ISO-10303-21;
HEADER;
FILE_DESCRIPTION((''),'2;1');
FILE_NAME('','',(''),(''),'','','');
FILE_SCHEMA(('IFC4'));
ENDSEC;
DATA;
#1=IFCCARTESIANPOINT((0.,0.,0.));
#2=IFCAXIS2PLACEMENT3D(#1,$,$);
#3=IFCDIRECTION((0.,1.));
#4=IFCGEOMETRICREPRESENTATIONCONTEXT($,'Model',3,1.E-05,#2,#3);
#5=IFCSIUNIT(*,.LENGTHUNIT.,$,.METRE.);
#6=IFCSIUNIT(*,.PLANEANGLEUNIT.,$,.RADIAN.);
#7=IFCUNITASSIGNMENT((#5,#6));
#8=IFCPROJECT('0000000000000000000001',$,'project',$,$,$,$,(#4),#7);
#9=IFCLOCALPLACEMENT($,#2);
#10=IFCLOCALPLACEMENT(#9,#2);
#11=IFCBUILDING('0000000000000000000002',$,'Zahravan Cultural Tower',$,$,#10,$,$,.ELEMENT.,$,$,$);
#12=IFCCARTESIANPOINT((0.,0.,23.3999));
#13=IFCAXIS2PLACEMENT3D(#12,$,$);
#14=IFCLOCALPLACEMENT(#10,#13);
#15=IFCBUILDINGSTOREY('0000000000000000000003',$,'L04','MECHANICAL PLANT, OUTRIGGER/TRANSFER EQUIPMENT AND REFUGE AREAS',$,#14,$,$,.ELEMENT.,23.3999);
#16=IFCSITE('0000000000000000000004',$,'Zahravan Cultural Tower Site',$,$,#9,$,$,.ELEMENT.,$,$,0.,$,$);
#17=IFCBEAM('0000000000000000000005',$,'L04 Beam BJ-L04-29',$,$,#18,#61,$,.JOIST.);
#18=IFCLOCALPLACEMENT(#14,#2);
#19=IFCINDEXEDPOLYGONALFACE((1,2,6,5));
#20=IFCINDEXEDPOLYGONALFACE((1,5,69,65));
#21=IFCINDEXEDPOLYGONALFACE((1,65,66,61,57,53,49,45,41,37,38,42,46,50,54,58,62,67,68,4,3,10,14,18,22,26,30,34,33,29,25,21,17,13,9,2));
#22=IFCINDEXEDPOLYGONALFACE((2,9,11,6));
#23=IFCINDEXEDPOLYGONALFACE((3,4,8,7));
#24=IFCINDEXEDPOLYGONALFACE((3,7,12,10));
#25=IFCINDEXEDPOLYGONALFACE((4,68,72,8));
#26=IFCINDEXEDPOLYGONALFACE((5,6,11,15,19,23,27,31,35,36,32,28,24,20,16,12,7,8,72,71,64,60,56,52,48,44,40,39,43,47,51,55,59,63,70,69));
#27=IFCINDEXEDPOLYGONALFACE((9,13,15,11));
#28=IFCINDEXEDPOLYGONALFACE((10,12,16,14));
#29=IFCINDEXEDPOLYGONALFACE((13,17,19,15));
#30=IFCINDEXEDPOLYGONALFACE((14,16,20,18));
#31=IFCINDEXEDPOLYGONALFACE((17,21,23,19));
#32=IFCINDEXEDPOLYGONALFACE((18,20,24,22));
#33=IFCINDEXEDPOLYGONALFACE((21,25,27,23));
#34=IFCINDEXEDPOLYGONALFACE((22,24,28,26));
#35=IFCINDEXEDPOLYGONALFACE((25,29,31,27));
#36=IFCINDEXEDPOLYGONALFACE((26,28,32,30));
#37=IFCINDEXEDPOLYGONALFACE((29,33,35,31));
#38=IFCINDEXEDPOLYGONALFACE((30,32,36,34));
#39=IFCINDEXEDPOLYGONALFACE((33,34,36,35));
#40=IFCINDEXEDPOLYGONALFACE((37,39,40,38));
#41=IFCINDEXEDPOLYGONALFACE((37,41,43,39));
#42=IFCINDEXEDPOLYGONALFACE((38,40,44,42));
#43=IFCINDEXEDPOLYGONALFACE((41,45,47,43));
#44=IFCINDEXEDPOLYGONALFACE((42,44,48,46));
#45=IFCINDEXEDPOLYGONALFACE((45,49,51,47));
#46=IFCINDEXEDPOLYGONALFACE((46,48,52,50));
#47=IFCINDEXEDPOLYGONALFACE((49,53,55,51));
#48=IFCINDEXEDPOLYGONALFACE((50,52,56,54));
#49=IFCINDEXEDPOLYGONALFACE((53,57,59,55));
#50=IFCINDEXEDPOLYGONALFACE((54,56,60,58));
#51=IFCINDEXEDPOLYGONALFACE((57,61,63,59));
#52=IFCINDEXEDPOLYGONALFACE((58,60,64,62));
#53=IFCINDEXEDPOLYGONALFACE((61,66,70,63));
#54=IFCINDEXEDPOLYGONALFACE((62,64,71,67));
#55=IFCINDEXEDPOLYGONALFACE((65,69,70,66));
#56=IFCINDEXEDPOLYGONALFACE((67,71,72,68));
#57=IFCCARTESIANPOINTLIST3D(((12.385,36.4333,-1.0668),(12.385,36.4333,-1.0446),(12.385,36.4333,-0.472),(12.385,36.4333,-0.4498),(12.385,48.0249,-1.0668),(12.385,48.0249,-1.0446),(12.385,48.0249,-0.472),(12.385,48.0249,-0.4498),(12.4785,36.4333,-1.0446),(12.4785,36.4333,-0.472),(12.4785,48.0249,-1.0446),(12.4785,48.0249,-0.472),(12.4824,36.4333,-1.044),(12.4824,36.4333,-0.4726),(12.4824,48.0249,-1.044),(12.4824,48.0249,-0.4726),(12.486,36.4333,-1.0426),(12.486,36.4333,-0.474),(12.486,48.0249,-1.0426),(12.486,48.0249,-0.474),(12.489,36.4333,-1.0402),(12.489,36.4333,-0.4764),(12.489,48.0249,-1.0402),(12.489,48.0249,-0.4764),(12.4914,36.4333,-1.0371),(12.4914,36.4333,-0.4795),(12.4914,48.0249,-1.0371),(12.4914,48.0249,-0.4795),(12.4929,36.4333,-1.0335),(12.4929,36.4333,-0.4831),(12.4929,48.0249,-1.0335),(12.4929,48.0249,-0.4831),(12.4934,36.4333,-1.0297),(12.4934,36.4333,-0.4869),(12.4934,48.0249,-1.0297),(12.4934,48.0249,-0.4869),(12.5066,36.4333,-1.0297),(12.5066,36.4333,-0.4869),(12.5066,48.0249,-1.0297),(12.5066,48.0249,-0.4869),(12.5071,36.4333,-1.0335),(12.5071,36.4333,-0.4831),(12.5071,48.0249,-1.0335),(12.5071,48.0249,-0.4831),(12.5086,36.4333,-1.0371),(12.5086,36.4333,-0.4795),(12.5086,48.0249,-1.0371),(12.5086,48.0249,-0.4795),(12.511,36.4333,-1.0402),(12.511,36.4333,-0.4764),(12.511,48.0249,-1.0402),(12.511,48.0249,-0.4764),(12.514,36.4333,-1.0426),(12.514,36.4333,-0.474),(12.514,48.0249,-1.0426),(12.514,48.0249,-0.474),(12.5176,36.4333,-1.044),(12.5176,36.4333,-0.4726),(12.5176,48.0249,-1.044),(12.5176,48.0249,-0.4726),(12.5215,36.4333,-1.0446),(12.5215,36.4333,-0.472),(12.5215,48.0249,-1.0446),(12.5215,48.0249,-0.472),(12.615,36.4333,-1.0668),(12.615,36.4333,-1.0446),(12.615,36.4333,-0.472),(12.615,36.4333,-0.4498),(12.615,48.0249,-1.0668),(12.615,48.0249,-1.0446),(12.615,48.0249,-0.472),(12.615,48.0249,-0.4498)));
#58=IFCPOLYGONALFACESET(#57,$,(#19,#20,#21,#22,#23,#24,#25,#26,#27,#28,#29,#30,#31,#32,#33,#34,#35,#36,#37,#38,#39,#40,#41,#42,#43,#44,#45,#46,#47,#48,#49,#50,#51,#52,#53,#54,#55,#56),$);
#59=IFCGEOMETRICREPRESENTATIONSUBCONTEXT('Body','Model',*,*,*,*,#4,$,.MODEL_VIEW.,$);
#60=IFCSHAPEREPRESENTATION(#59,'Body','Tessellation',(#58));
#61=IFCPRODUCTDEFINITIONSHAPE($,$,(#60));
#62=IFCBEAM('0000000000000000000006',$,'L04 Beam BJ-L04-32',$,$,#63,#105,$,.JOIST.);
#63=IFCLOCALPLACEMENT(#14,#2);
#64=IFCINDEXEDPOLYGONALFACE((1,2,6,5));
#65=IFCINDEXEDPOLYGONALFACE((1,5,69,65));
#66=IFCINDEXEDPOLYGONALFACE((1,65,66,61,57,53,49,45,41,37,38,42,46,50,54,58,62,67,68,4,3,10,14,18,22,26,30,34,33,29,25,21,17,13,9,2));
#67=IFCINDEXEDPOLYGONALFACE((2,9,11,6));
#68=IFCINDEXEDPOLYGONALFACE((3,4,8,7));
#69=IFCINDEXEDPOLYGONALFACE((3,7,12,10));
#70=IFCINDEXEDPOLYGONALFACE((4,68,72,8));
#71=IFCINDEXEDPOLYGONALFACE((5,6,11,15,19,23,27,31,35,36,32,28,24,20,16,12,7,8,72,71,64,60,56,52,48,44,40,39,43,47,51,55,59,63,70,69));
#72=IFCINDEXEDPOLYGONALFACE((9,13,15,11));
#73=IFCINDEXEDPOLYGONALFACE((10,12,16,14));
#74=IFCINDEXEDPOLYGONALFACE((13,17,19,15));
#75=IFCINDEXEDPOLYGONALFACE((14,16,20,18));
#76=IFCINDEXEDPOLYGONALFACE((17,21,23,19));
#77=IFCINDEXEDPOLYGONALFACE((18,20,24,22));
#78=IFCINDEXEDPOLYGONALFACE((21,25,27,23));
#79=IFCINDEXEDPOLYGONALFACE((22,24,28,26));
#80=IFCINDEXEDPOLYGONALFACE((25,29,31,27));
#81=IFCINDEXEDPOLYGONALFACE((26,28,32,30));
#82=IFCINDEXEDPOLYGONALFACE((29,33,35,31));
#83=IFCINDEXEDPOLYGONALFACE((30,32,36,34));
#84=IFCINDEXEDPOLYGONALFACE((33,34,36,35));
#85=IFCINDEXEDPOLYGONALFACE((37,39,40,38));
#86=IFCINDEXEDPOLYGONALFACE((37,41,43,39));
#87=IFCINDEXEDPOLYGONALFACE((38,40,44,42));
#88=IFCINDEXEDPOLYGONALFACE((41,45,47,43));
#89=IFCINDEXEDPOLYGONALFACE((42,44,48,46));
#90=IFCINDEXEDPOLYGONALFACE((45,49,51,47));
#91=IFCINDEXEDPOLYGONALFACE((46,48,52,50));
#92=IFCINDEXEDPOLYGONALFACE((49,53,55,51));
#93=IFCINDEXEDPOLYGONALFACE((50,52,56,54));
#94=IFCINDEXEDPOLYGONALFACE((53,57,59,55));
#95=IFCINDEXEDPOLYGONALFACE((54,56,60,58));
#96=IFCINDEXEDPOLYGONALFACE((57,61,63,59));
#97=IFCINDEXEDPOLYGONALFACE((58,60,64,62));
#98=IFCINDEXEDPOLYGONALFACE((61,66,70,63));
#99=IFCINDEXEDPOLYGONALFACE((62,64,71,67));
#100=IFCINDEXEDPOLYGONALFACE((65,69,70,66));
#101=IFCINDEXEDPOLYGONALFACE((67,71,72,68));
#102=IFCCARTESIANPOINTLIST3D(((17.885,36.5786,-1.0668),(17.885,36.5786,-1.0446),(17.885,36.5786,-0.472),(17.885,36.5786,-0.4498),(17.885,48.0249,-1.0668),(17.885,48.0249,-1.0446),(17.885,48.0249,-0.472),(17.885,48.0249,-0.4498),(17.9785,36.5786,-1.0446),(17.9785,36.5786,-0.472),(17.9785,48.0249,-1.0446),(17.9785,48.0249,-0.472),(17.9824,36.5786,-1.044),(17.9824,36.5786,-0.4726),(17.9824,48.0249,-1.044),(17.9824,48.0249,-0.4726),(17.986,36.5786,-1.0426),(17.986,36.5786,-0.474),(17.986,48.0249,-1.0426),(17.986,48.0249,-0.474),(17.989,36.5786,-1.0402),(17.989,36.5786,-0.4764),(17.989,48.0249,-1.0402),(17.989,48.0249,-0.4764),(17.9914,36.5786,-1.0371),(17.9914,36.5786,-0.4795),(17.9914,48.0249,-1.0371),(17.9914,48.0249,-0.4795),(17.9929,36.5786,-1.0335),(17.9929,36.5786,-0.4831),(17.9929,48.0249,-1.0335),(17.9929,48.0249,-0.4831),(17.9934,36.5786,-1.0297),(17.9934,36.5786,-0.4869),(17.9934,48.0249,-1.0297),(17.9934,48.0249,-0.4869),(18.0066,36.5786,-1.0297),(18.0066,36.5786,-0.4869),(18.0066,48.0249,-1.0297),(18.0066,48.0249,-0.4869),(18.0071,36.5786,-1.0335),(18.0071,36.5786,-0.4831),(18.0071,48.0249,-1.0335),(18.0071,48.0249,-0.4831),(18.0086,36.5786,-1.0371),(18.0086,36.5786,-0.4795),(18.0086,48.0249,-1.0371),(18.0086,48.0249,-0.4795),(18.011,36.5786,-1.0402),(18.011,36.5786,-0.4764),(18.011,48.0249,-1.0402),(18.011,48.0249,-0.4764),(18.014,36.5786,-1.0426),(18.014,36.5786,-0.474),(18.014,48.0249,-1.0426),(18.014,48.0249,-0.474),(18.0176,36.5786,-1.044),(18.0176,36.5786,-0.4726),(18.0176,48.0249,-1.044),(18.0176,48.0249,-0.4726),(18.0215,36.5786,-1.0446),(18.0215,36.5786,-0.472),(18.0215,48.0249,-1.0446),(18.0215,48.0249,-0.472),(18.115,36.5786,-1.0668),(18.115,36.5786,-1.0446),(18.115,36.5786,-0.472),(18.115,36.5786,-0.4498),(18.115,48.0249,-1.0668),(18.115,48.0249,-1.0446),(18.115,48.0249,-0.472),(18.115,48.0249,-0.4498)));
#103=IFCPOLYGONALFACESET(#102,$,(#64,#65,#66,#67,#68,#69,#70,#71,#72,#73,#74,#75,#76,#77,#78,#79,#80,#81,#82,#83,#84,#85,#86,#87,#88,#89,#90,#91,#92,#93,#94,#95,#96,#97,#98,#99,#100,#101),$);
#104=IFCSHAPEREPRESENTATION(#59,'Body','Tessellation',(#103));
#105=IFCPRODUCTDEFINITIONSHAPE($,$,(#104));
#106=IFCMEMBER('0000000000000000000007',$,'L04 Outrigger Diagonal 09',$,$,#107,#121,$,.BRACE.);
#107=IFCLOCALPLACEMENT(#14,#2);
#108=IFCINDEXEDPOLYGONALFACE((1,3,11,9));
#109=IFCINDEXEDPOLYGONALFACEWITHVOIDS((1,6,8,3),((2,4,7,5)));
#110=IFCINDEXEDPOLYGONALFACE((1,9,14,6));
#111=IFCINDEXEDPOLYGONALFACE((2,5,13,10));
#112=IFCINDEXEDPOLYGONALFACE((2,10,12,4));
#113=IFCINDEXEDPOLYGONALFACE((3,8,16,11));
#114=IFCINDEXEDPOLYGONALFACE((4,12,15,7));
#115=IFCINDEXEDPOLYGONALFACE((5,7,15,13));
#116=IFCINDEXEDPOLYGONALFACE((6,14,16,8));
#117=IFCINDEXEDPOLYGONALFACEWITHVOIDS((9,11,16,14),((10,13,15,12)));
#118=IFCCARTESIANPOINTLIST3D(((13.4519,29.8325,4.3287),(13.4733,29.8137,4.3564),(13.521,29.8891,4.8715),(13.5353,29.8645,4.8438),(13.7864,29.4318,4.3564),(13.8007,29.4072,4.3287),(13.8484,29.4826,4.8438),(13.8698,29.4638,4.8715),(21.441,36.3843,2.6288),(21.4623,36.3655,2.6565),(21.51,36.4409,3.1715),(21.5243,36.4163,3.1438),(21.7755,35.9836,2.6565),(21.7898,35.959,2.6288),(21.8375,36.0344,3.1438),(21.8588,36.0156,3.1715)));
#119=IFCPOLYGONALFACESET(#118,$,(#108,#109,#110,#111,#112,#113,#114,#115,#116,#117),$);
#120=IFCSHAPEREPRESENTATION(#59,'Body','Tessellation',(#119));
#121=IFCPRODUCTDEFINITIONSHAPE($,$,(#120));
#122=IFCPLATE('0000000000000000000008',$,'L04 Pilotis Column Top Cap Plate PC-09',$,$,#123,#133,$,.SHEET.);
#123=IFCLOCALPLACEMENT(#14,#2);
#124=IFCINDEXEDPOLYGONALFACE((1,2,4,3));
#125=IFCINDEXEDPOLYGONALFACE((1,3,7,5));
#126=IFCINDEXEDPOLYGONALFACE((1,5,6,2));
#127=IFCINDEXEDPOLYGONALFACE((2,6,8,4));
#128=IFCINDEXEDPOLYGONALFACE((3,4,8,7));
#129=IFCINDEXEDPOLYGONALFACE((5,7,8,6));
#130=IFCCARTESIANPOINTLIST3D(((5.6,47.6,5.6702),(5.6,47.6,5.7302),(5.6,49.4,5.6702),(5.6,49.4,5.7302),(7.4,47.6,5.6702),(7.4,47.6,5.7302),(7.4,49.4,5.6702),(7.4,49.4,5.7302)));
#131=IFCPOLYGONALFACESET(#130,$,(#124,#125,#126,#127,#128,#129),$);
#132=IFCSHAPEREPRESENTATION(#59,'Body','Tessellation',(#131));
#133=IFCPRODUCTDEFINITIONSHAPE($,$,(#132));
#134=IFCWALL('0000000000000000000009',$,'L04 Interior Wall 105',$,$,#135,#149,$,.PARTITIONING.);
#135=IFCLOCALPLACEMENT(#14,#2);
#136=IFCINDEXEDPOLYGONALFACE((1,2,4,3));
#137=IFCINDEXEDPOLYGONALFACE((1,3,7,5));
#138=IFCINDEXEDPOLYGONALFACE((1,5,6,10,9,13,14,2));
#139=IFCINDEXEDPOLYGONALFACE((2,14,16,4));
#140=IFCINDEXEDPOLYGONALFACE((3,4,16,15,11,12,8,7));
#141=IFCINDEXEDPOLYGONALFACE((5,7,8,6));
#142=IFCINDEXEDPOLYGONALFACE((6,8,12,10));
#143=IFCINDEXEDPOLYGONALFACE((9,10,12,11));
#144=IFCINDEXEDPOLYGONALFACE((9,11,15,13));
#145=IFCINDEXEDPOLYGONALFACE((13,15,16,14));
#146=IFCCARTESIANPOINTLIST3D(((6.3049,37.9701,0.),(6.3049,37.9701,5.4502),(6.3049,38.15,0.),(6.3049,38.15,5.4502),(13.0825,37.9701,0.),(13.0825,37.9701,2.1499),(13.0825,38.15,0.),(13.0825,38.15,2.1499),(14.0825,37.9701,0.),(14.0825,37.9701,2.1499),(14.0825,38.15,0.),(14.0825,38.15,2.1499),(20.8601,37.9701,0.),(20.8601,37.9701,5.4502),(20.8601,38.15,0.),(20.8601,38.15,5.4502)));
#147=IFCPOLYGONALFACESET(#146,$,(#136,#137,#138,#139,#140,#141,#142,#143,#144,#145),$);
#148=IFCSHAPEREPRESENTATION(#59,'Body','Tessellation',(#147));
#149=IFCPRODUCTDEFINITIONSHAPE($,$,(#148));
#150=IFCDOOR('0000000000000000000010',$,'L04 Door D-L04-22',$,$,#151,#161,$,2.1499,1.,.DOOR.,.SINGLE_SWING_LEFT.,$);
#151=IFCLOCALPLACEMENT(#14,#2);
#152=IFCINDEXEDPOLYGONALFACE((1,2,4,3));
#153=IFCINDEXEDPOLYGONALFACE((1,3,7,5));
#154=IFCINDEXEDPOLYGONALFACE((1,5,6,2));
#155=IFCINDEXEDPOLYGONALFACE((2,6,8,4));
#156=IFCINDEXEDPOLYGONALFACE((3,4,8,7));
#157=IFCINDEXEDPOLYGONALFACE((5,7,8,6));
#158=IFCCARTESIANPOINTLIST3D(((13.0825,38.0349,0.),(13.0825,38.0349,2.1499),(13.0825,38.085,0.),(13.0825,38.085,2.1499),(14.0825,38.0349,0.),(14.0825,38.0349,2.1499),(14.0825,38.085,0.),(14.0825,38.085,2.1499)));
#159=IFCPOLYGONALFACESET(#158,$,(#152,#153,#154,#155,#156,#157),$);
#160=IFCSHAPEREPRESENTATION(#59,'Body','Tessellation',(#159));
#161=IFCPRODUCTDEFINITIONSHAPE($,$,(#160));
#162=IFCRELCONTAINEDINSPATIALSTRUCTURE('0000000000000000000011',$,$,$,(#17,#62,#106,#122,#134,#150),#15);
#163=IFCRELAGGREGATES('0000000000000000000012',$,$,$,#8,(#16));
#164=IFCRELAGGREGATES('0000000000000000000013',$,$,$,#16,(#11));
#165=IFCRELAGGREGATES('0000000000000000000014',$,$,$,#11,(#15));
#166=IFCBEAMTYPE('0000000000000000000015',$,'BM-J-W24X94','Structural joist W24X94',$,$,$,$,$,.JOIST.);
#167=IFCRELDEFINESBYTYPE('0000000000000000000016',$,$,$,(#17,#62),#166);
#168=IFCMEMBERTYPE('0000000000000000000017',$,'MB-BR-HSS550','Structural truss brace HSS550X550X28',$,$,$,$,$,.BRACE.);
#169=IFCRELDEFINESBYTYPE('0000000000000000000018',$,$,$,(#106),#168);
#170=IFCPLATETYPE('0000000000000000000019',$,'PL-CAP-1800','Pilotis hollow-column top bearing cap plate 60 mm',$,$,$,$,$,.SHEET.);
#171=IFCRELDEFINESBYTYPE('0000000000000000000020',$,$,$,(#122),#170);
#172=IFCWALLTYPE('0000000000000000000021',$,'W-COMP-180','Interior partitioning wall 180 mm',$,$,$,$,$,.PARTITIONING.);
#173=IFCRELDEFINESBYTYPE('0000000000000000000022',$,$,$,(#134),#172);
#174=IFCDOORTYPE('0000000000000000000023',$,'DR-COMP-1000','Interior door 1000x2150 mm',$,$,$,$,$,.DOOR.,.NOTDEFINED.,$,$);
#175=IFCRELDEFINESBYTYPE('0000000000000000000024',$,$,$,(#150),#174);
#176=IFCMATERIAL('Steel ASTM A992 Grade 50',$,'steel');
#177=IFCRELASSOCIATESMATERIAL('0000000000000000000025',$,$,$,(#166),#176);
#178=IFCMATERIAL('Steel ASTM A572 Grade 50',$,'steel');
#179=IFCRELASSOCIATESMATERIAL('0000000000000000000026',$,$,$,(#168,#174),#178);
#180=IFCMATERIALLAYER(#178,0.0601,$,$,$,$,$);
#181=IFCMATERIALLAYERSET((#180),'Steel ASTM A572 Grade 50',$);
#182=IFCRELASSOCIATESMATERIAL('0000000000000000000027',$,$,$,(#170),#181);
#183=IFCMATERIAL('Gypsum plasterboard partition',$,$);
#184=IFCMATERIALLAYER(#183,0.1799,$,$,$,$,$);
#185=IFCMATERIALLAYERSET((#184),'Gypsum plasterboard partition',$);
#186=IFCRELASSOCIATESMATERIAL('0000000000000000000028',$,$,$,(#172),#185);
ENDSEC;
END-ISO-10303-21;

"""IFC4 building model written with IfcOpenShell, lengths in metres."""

from ifc_helpers import new_model, si_unit, direction, frame, frame_2d, origin, origin_2d, place, context, subcontext, project, spatial, rectangle, hollow_rectangle, i_section, extrude, source, transform, mapped, material, layer, layer_set, material_profile, profile_set, type_object, element, fill, save


model = new_model("IFC4")

# Units and contexts
model_context = context("Model", 3, precision=1e-05, world=origin(), true_north=direction((0.0, 1.0)))
body_context = subcontext(model_context, "Body", "Model", "MODEL_VIEW")
ifc_project = project(units=[si_unit("LENGTHUNIT", "METRE"), si_unit("PLANEANGLEUNIT", "RADIAN")], contexts=[model_context])

# Site, building, storey
site_placement = place(None, origin())
site = spatial("IfcSite", under=ifc_project, at=site_placement, Name="Zahravan Cultural Tower Site", CompositionType="ELEMENT", RefElevation=0.0)
building_placement = place(site_placement, origin())
building = spatial("IfcBuilding", under=site, at=building_placement, Name="Zahravan Cultural Tower", CompositionType="ELEMENT")
storey_placement = place(building_placement, frame((0.0, 0.0, 23.3999)))
storey = spatial("IfcBuildingStorey", under=building, at=storey_placement, Name="L04", Description="MECHANICAL PLANT, OUTRIGGER/TRANSFER EQUIPMENT AND REFUGE AREAS", CompositionType="ELEMENT", Elevation=23.3999)

# Shared definitions
ifc_material_1 = material(Name="Steel ASTM A572 Grade 50", Category="steel")

# Beams
ifc_material_2 = material(Name="Steel ASTM A992 Grade 50", Category="steel")
ifc_material_profile_1 = material_profile(ifc_material_2, i_section(OverallWidth=0.23, OverallDepth=0.6169, WebThickness=0.0132, FlangeThickness=0.0222, FilletRadius=0.0149, at=origin_2d()), Name="W24X94")
ifc_profile_set_1 = profile_set([ifc_material_profile_1], Name="Steel ASTM A992 Grade 50")
beam_type_1 = type_object("IfcBeamType", Name="BM-J-W24X94", Description="Structural joist W24X94", PredefinedType="JOIST", material=ifc_profile_set_1)
shared_shape_1 = source(origin(), body_context, "Body", "SweptSolid", [
    extrude(i_section(OverallWidth=0.23, OverallDepth=0.6169, WebThickness=0.0132, FlangeThickness=0.0222, FilletRadius=0.0149, at=origin_2d()), origin(), (0.0, 0.0, 1.0), 11.5916),
])
beam_1_placement = place(storey_placement, frame((12.5, 36.4333, -0.7583), z_axis=(0.0, 1.0, 0.0), x_axis=(-1.0, 0.0, 0.0)))
element("IfcBeam", 1, at=beam_1_placement, inside=storey, type_object=beam_type_1, Name="L04 Beam BJ-L04-29", PredefinedType="JOIST", context=body_context, shape_type="MappedRepresentation", body=[
    mapped(shared_shape_1, transform((0.0, 0.0, 0.0), x_axis=(1.0, 0.0, 0.0), y_axis=(0.0, 1.0, 0.0), z_axis=(0.0, 0.0, 1.0), scale=1.0)),
])
shared_shape_2 = source(origin(), body_context, "Body", "SweptSolid", [
    extrude(i_section(OverallWidth=0.23, OverallDepth=0.6169, WebThickness=0.0132, FlangeThickness=0.0222, FilletRadius=0.0149, at=origin_2d()), origin(), (0.0, 0.0, 1.0), 11.4463),
])
beam_2_placement = place(storey_placement, frame((18.0, 36.5786, -0.7583), z_axis=(0.0, 1.0, 0.0), x_axis=(-1.0, 0.0, 0.0)))
element("IfcBeam", 2, at=beam_2_placement, inside=storey, type_object=beam_type_1, Name="L04 Beam BJ-L04-32", PredefinedType="JOIST", context=body_context, shape_type="MappedRepresentation", body=[
    mapped(shared_shape_2, transform((0.0, 0.0, 0.0), x_axis=(1.0, 0.0, 0.0), y_axis=(0.0, 1.0, 0.0), z_axis=(0.0, 0.0, 1.0), scale=1.0)),
])

# Member
ifc_material_profile_2 = material_profile(ifc_material_1, hollow_rectangle(XDim=0.55, YDim=0.55, WallThickness=0.0281, at=origin_2d()), Name="HSS550X550X28")
ifc_profile_set_2 = profile_set([ifc_material_profile_2], Name="Steel ASTM A572 Grade 50")
member_type = type_object("IfcMemberType", Name="MB-BR-HSS550", Description="Structural truss brace HSS550X550X28", PredefinedType="BRACE", material=ifc_profile_set_2)
shared_shape_3 = source(origin(), body_context, "Body", "SweptSolid", [
    extrude(hollow_rectangle(XDim=0.55, YDim=0.55, WallThickness=0.0281, at=origin_2d()), origin(), (0.0, 0.0, 1.0), 10.4709),
])
member_placement = place(storey_placement, frame((21.6499, 36.2, 2.9001), z_axis=(-0.762973, -0.625711, 0.16235), x_axis=(0.634124, -0.773231, 0.0)))
element("IfcMember", 3, at=member_placement, inside=storey, type_object=member_type, Name="L04 Outrigger Diagonal 09", PredefinedType="BRACE", context=body_context, shape_type="MappedRepresentation", body=[
    mapped(shared_shape_3, transform((0.0, 0.0, 0.0), x_axis=(1.0, 0.0, 0.0), y_axis=(0.0, 1.0, 0.0), z_axis=(0.0, 0.0, 1.0), scale=1.0)),
])

# Plate
ifc_layer_1 = layer(ifc_material_1, 0.0601)
ifc_layer_set_1 = layer_set([ifc_layer_1], Name="Steel ASTM A572 Grade 50")
plate_type = type_object("IfcPlateType", Name="PL-CAP-1800", Description="Pilotis hollow-column top bearing cap plate 60 mm", PredefinedType="SHEET", material=ifc_layer_set_1)
shared_shape_4 = source(origin(), body_context, "Body", "SweptSolid", [
    extrude(rectangle(XDim=1.8, YDim=1.8, at=origin_2d()), origin(), (0.0, 0.0, 1.0), 0.0601),
])
plate_placement = place(storey_placement, frame((6.5, 48.5, 5.6702), z_axis=(0.0, 0.0, 1.0), x_axis=(1.0, 0.0, 0.0)))
element("IfcPlate", 4, at=plate_placement, inside=storey, type_object=plate_type, Name="L04 Pilotis Column Top Cap Plate PC-09", PredefinedType="SHEET", context=body_context, shape_type="MappedRepresentation", body=[
    mapped(shared_shape_4, transform((0.0, 0.0, 0.0), x_axis=(1.0, 0.0, 0.0), y_axis=(0.0, 1.0, 0.0), z_axis=(0.0, 0.0, 1.0), scale=1.0)),
])

# Wall, opening, door
ifc_material_3 = material(Name="Gypsum plasterboard partition")
ifc_layer_2 = layer(ifc_material_3, 0.1799)
ifc_layer_set_2 = layer_set([ifc_layer_2], Name="Gypsum plasterboard partition")
wall_type_1 = type_object("IfcWallType", Name="W-COMP-180", Description="Interior partitioning wall 180 mm", PredefinedType="PARTITIONING", material=ifc_layer_set_2)
wall_1_placement = place(storey_placement, frame((6.3049, 38.0601, 0.0), z_axis=(0.0, 0.0, 1.0), x_axis=(1.0, 0.0, 0.0)))
wall_1 = element("IfcWall", 5, at=wall_1_placement, inside=storey, type_object=wall_type_1, Name="L04 Interior Wall 105", PredefinedType="PARTITIONING", context=body_context, shape_type="SweptSolid", body=[
    extrude(rectangle(XDim=14.5552, YDim=0.1799, at=frame_2d((7.2776, 0.0))), origin(), (0.0, 0.0, 1.0), 5.4502),
])
opening_placement = place(wall_1_placement, frame((6.7776, 0.0, 0.0)))
opening = element("IfcOpeningElement", 6, at=opening_placement, cuts=wall_1, PredefinedType="OPENING", context=body_context, shape_type="SweptSolid", body=[
    extrude(rectangle(XDim=1.0, YDim=2.1499, at=frame_2d((0.5, 1.075))), frame((0.0, 0.0999, 0.0), z_axis=(0.0, -1.0, 0.0), x_axis=(1.0, 0.0, 0.0)), (0.0, 0.0, 1.0), 0.2),
])
door_type = type_object("IfcDoorType", Name="DR-COMP-1000", Description="Interior door 1000x2150 mm", OperationType="NOTDEFINED", PredefinedType="DOOR", material=ifc_material_1)
shared_shape_5 = source(origin(), body_context, "Body", "SweptSolid", [
    extrude(rectangle(XDim=1.0, YDim=2.1499, at=frame_2d((0.5, 1.075))), frame((0.0, 0.0249, 0.0), z_axis=(0.0, -1.0, 0.0), x_axis=(1.0, 0.0, 0.0)), (0.0, 0.0, 1.0), 0.05),
])
door_placement = place(opening_placement, origin())
door = element("IfcDoor", 7, at=door_placement, inside=storey, type_object=door_type, Name="L04 Door D-L04-22", OperationType="SINGLE_SWING_LEFT", OverallHeight=2.1499, OverallWidth=1.0, PredefinedType="DOOR", context=body_context, shape_type="MappedRepresentation", body=[
    mapped(shared_shape_5, transform((0.0, 0.0, 0.0), x_axis=(1.0, 0.0, 0.0), y_axis=(0.0, 1.0, 0.0), z_axis=(0.0, 0.0, 1.0), scale=1.0)),
])
fill(opening, door)

save(model, "model.ifc")
